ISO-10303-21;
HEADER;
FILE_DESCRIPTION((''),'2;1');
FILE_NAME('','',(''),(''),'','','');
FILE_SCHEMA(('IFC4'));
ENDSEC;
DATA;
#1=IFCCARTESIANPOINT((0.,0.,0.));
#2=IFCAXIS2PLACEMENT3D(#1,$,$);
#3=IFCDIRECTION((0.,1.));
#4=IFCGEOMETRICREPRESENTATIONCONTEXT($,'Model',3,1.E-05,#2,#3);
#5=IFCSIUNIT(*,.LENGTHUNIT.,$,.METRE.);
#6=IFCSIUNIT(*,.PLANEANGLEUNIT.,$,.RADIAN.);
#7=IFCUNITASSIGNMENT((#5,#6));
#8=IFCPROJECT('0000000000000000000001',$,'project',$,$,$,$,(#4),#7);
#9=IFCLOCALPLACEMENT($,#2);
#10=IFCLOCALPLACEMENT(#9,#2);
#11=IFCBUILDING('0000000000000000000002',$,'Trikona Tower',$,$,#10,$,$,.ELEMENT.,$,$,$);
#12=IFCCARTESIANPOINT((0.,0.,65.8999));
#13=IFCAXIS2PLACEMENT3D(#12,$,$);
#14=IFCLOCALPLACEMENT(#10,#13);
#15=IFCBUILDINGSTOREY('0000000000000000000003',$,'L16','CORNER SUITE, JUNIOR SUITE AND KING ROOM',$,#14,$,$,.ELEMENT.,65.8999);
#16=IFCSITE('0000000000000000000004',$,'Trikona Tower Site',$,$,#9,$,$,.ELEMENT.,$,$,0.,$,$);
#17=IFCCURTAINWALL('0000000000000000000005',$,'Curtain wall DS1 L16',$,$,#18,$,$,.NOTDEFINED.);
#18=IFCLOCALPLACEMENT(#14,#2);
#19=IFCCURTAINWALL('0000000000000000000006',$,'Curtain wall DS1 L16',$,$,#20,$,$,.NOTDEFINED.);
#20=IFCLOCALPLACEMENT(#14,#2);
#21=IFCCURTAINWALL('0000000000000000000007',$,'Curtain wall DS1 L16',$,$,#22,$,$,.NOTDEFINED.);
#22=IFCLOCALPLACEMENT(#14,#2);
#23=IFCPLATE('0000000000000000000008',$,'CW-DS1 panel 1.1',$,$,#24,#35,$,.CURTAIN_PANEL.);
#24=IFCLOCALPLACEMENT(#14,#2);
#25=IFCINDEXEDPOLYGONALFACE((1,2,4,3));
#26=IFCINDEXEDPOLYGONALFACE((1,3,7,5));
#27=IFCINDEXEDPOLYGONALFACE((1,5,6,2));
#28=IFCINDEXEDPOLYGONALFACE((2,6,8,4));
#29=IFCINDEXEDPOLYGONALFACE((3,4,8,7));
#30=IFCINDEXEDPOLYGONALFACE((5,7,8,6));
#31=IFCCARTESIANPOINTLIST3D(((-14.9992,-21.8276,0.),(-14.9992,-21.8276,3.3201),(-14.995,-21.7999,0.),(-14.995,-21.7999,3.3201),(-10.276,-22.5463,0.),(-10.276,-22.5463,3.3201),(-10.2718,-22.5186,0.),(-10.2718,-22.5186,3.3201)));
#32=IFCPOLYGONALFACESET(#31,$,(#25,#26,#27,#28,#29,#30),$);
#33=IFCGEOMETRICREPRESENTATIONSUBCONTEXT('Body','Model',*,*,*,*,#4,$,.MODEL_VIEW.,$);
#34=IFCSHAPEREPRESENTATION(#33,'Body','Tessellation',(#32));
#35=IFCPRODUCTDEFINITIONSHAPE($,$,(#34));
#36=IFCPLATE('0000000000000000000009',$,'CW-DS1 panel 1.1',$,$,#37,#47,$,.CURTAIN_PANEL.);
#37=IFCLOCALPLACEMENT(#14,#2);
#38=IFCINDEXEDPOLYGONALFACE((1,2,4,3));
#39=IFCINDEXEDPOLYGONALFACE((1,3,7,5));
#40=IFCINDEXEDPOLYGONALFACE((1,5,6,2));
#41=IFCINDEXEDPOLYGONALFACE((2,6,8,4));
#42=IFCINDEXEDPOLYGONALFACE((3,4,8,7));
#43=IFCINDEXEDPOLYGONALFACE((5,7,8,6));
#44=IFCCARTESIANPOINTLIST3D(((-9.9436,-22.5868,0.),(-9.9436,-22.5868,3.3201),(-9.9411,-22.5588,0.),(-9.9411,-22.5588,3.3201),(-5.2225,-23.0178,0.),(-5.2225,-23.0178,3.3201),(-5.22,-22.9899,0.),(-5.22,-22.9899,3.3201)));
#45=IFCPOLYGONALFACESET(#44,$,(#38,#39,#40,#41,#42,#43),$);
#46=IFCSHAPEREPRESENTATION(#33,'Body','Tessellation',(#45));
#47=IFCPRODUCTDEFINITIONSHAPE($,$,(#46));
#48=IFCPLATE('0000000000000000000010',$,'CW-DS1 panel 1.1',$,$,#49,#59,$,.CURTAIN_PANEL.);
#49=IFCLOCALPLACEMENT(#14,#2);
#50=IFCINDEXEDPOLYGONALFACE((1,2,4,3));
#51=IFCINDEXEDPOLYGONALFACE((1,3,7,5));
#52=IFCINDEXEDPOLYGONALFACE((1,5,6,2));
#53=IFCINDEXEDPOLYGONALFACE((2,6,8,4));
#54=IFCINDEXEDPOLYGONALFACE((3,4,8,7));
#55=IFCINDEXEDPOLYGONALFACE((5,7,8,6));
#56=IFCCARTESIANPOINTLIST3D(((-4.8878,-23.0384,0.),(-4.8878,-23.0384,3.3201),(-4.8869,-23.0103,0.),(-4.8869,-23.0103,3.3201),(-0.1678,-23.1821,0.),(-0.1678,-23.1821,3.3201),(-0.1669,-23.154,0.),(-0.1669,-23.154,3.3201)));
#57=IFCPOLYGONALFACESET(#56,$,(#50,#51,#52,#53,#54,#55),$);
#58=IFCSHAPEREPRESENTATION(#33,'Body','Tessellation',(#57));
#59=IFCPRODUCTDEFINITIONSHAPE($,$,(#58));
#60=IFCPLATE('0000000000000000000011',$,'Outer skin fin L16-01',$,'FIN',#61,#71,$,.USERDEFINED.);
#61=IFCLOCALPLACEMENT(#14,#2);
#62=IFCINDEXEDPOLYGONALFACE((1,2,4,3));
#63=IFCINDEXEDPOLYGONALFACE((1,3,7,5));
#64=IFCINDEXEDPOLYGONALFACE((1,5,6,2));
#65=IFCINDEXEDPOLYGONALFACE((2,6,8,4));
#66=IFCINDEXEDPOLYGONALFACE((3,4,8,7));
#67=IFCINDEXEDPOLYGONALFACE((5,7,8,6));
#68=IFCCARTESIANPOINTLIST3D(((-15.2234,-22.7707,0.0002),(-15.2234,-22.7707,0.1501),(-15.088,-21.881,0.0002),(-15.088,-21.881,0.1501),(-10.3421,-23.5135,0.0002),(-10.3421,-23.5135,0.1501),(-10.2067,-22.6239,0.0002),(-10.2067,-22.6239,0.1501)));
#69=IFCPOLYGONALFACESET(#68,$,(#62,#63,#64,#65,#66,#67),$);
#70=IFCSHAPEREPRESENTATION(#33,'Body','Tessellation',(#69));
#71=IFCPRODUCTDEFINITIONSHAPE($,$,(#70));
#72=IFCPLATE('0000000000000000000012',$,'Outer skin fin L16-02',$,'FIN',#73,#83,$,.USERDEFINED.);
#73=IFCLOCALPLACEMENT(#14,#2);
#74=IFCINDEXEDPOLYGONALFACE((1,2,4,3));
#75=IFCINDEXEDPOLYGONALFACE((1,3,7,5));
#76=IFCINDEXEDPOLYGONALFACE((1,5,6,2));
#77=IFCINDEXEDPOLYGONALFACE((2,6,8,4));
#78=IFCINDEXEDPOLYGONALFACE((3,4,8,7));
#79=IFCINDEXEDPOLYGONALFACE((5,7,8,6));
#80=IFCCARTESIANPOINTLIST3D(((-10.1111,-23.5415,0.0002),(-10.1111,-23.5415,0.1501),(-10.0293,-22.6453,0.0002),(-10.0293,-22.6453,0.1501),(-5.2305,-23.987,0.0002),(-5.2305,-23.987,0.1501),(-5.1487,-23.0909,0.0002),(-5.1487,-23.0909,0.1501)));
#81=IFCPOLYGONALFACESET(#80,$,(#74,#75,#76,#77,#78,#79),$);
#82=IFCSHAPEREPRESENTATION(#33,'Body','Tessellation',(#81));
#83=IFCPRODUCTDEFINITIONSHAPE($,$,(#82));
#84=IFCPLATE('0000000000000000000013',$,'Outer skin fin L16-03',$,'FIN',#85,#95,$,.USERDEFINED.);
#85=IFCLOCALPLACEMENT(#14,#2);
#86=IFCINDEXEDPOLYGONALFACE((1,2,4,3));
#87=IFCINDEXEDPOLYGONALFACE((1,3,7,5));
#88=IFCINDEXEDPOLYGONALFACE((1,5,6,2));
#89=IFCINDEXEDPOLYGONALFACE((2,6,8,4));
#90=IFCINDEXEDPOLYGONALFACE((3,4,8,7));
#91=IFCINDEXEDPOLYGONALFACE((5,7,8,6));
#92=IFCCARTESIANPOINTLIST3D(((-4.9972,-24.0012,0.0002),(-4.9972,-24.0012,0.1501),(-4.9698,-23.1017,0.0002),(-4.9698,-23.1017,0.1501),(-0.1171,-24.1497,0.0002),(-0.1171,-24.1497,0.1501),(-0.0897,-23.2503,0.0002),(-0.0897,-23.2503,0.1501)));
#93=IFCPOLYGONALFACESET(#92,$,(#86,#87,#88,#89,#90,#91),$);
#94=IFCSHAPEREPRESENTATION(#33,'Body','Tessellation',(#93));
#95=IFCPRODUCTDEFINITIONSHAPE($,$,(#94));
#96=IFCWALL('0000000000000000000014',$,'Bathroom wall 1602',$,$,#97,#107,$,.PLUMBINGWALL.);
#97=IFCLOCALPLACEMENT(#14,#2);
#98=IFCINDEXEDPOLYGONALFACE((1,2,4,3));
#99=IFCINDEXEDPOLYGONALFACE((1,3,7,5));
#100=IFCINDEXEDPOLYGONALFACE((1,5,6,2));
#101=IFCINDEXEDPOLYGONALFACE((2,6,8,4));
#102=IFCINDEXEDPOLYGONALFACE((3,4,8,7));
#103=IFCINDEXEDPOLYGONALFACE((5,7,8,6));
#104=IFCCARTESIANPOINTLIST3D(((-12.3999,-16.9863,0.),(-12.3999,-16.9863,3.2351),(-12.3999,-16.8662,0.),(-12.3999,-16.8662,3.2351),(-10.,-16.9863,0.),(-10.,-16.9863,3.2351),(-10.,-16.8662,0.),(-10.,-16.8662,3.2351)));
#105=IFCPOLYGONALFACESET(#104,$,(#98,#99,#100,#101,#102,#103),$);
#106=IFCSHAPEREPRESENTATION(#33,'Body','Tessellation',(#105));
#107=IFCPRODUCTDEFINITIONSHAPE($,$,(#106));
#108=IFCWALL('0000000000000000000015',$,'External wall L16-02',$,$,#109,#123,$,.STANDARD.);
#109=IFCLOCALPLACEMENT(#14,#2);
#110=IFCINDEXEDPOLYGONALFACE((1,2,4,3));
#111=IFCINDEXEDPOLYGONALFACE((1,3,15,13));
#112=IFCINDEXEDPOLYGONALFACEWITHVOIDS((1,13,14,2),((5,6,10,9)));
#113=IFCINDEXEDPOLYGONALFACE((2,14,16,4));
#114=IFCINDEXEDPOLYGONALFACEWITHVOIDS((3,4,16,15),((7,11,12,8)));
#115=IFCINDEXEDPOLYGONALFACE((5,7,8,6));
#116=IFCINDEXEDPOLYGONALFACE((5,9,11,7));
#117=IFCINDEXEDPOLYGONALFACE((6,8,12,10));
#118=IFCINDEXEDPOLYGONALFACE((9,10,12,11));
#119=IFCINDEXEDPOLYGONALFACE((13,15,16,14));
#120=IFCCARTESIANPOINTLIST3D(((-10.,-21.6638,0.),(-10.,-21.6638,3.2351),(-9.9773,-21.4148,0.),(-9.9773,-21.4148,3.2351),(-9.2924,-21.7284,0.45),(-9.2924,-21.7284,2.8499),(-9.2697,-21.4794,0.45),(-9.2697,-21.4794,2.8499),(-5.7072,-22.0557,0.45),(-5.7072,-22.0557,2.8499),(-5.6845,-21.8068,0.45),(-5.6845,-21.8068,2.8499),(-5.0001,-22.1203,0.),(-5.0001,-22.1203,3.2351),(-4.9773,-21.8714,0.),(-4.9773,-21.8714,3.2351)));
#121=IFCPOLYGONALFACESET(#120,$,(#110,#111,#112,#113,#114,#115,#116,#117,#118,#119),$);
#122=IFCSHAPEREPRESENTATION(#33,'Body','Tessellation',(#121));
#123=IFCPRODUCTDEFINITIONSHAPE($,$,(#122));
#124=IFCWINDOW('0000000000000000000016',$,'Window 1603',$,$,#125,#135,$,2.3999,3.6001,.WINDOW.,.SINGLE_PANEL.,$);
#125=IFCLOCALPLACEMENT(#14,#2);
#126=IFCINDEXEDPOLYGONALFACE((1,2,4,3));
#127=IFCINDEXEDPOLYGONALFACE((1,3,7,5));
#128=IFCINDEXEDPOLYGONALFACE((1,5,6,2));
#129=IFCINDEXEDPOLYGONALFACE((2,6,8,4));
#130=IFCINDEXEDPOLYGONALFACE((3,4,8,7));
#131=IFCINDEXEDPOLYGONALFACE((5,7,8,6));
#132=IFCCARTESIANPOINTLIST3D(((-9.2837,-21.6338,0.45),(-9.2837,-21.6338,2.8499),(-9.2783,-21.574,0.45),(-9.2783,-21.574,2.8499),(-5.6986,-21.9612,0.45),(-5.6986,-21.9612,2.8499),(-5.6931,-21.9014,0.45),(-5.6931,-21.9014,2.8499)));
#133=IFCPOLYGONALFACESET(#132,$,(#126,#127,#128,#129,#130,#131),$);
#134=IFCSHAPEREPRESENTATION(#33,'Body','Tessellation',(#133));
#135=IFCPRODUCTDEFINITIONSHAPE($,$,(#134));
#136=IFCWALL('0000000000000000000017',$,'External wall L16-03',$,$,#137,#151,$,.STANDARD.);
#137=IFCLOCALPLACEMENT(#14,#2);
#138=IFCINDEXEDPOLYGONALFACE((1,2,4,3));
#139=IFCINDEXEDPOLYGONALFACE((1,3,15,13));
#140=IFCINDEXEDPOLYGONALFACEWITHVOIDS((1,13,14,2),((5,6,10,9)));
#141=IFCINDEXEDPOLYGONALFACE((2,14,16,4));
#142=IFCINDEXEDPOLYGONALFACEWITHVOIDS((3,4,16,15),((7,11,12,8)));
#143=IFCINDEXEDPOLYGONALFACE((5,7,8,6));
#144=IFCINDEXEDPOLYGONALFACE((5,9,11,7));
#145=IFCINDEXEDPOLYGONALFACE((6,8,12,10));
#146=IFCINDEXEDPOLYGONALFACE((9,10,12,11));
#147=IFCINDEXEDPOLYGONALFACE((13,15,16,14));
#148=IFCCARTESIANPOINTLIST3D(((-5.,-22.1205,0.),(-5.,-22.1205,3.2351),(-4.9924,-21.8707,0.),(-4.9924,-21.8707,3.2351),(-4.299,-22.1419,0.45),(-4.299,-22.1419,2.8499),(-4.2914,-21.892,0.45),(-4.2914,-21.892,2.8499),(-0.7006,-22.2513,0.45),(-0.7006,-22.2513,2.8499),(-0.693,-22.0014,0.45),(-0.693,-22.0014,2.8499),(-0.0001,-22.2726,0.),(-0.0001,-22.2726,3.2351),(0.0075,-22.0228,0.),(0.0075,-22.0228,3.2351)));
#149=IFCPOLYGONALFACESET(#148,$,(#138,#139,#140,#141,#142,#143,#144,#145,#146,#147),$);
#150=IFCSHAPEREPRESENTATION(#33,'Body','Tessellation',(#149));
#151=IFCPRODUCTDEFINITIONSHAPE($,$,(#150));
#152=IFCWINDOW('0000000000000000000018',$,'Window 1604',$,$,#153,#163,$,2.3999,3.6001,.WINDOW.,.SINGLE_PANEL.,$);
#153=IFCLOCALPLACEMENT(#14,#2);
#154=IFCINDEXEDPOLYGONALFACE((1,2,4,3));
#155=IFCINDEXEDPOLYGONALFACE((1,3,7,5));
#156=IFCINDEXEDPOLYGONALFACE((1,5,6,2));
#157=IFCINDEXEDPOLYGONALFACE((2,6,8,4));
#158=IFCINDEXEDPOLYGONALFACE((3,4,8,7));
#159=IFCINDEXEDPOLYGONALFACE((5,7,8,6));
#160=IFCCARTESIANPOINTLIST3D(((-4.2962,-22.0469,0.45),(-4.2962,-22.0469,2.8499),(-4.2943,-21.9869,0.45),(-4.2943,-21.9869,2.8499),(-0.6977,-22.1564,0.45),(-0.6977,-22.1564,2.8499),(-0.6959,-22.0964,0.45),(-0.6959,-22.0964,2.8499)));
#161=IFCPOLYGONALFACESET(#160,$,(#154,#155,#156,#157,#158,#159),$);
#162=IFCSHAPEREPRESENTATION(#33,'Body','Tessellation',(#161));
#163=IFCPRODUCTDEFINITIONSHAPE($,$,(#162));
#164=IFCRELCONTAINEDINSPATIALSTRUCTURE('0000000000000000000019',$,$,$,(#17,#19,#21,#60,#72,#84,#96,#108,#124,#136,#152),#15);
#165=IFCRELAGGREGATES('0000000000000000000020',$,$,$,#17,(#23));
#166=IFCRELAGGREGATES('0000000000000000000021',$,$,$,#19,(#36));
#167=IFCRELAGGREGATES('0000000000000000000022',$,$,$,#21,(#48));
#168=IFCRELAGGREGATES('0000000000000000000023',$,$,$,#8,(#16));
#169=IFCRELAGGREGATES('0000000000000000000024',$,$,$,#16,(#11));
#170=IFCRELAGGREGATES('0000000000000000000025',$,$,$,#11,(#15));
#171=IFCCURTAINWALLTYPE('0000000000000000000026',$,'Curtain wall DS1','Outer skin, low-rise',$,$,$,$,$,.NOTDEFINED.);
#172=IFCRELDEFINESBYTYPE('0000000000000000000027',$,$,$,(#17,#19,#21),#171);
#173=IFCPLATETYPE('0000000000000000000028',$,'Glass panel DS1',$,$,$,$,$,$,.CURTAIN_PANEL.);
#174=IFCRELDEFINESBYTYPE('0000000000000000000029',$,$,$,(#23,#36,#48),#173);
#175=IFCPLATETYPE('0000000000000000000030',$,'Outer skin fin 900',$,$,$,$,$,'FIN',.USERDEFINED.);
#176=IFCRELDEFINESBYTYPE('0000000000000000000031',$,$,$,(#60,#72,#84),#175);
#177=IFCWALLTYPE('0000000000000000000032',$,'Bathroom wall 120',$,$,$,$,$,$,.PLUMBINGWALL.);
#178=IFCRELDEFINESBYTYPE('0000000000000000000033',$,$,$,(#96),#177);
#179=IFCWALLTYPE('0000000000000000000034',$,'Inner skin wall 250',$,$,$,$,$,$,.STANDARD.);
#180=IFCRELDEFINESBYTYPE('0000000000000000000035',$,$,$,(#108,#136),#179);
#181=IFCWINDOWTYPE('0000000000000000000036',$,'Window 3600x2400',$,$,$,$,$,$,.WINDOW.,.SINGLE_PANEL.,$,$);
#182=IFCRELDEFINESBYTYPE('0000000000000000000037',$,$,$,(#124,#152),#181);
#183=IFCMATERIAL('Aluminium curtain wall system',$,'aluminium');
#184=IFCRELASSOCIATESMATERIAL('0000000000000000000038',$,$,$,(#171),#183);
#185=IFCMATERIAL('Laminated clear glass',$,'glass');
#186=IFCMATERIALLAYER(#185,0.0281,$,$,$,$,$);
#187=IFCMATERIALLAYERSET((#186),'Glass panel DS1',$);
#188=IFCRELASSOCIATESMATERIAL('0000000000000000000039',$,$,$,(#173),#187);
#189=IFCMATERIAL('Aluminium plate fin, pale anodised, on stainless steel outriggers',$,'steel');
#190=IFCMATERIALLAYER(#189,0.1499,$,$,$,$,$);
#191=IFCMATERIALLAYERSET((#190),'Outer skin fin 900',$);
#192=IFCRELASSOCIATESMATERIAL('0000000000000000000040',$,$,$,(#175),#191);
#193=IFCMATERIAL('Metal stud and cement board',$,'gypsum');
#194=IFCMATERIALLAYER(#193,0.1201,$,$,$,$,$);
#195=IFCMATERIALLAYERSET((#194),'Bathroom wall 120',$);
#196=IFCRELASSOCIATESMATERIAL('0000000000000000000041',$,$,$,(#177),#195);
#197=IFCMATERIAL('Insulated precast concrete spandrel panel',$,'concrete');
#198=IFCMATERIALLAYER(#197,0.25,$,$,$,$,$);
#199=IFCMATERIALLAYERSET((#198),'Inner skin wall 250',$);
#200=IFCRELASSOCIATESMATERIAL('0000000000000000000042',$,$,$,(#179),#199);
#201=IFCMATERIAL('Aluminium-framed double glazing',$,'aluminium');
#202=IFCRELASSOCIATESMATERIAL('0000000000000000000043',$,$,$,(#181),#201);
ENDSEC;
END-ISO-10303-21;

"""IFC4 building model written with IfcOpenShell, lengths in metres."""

from ifc_helpers import new_model, si_unit, direction, frame, frame_2d, origin, origin_2d, place, context, subcontext, project, spatial, rectangle, extrude, material, layer, layer_set, type_object, element, fill, aggregate, save


model = new_model("IFC4")

# Units and contexts
model_context = context("Model", 3, precision=1e-05, world=origin(), true_north=direction((0.0, 1.0)))
body_context = subcontext(model_context, "Body", "Model", "MODEL_VIEW")
ifc_project = project(units=[si_unit("LENGTHUNIT", "METRE"), si_unit("PLANEANGLEUNIT", "RADIAN")], contexts=[model_context])

# Site, building, storey
site_placement = place(None, origin())
site = spatial("IfcSite", under=ifc_project, at=site_placement, Name="Trikona Tower Site", CompositionType="ELEMENT", RefElevation=0.0)
building_placement = place(site_placement, origin())
building = spatial("IfcBuilding", under=site, at=building_placement, Name="Trikona Tower", CompositionType="ELEMENT")
storey_placement = place(building_placement, frame((0.0, 0.0, 65.8999)))
storey = spatial("IfcBuildingStorey", under=building, at=storey_placement, Name="L16", Description="CORNER SUITE, JUNIOR SUITE AND KING ROOM", CompositionType="ELEMENT", Elevation=65.8999)

# Curtain wall
ifc_material_1 = material(Name="Aluminium curtain wall system", Category="aluminium")
curtain_wall_type = type_object("IfcCurtainWallType", Name="Curtain wall DS1", Description="Outer skin, low-rise", PredefinedType="NOTDEFINED", material=ifc_material_1)
curtain_wall_1_placement = place(storey_placement, origin())
curtain_wall_1 = element("IfcCurtainWall", 1, at=curtain_wall_1_placement, inside=storey, type_object=curtain_wall_type, Name="Curtain wall DS1 L16", PredefinedType="NOTDEFINED")

# Curtain walls
curtain_wall_2_placement = place(storey_placement, origin())
curtain_wall_2 = element("IfcCurtainWall", 2, at=curtain_wall_2_placement, inside=storey, type_object=curtain_wall_type, Name="Curtain wall DS1 L16", PredefinedType="NOTDEFINED")
curtain_wall_3_placement = place(storey_placement, origin())
curtain_wall_3 = element("IfcCurtainWall", 3, at=curtain_wall_3_placement, inside=storey, type_object=curtain_wall_type, Name="Curtain wall DS1 L16", PredefinedType="NOTDEFINED")

# Plates
ifc_material_2 = material(Name="Laminated clear glass", Category="glass")
ifc_layer_1 = layer(ifc_material_2, 0.0281)
ifc_layer_set_1 = layer_set([ifc_layer_1], Name="Glass panel DS1")
plate_type_1 = type_object("IfcPlateType", Name="Glass panel DS1", PredefinedType="CURTAIN_PANEL", material=ifc_layer_set_1)
plate_1_placement = place(storey_placement, frame((-12.6355, -22.1731, 0.0), z_axis=(0.0, 0.0, 1.0), x_axis=(0.988619, -0.150438, 0.0)))
plate_1 = element("IfcPlate", 4, at=plate_1_placement, type_object=plate_type_1, Name="CW-DS1 panel 1.1", PredefinedType="CURTAIN_PANEL", context=body_context, shape_type="SweptSolid", body=[
    extrude(rectangle(XDim=4.7776, YDim=0.0281, at=origin_2d()), origin(), (0.0, 0.0, 1.0), 3.3201),
])
aggregate(curtain_wall_1, [plate_1])
plate_2_placement = place(storey_placement, frame((-7.5818, -22.7883, 0.0), z_axis=(0.0, 0.0, 1.0), x_axis=(0.995858, -0.090924, 0.0)))
plate_2 = element("IfcPlate", 5, at=plate_2_placement, type_object=plate_type_1, Name="CW-DS1 panel 1.1", PredefinedType="CURTAIN_PANEL", context=body_context, shape_type="SweptSolid", body=[
    extrude(rectangle(XDim=4.7407, YDim=0.0281, at=origin_2d()), origin(), (0.0, 0.0, 1.0), 3.3201),
])
aggregate(curtain_wall_2, [plate_2])
plate_3_placement = place(storey_placement, frame((-2.5273, -23.0962, 0.0), z_axis=(0.0, 0.0, 1.0), x_axis=(0.999537, -0.030437, 0.0)))
plate_3 = element("IfcPlate", 6, at=plate_3_placement, type_object=plate_type_1, Name="CW-DS1 panel 1.1", PredefinedType="CURTAIN_PANEL", context=body_context, shape_type="SweptSolid", body=[
    extrude(rectangle(XDim=4.7222, YDim=0.0281, at=origin_2d()), origin(), (0.0, 0.0, 1.0), 3.3201),
])
aggregate(curtain_wall_3, [plate_3])

# Plates
ifc_material_3 = material(Name="Aluminium plate fin, pale anodised, on stainless steel outriggers", Category="steel")
ifc_layer_2 = layer(ifc_material_3, 0.1499)
ifc_layer_set_2 = layer_set([ifc_layer_2], Name="Outer skin fin 900")
plate_type_2 = type_object("IfcPlateType", Name="Outer skin fin 900", ElementType="FIN", PredefinedType="USERDEFINED", material=ifc_layer_set_2)
plate_4_placement = place(storey_placement, frame((-12.7151, -22.6973, 0.0002), z_axis=(0.0, 0.0, 1.0), x_axis=(0.988618, -0.150448, 0.0)))
element("IfcPlate", 7, at=plate_4_placement, inside=storey, type_object=plate_type_2, Name="Outer skin fin L16-01", ObjectType="FIN", PredefinedType="USERDEFINED", context=body_context, shape_type="SweptSolid", body=[
    extrude(rectangle(XDim=4.9375, YDim=0.8999, at=origin_2d()), origin(), (0.0, 0.0, 1.0), 0.1499),
])
plate_5_placement = place(storey_placement, frame((-7.6299, -23.3162, 0.0002), z_axis=(0.0, 0.0, 1.0), x_axis=(0.995858, -0.090921, 0.0)))
element("IfcPlate", 8, at=plate_5_placement, inside=storey, type_object=plate_type_2, Name="Outer skin fin L16-02", ObjectType="FIN", PredefinedType="USERDEFINED", context=body_context, shape_type="SweptSolid", body=[
    extrude(rectangle(XDim=4.9009, YDim=0.8999, at=origin_2d()), origin(), (0.0, 0.0, 1.0), 0.1499),
])
plate_6_placement = place(storey_placement, frame((-2.5435, -23.6257, 0.0002), z_axis=(0.0, 0.0, 1.0), x_axis=(0.999537, -0.030425, 0.0)))
element("IfcPlate", 9, at=plate_6_placement, inside=storey, type_object=plate_type_2, Name="Outer skin fin L16-03", ObjectType="FIN", PredefinedType="USERDEFINED", context=body_context, shape_type="SweptSolid", body=[
    extrude(rectangle(XDim=4.8823, YDim=0.8999, at=origin_2d()), origin(), (0.0, 0.0, 1.0), 0.1499),
])

# Wall
ifc_material_4 = material(Name="Metal stud and cement board", Category="gypsum")
ifc_layer_3 = layer(ifc_material_4, 0.1201)
ifc_layer_set_3 = layer_set([ifc_layer_3], Name="Bathroom wall 120")
wall_type_1 = type_object("IfcWallType", Name="Bathroom wall 120", PredefinedType="PLUMBINGWALL", material=ifc_layer_set_3)
wall_1_placement = place(storey_placement, frame((-12.3999, -16.9263, 0.0), z_axis=(0.0, 0.0, 1.0), x_axis=(1.0, 0.0, 0.0)))
element("IfcWall", 10, at=wall_1_placement, inside=storey, type_object=wall_type_1, Name="Bathroom wall 1602", PredefinedType="PLUMBINGWALL", context=body_context, shape_type="SweptSolid", body=[
    extrude(rectangle(XDim=2.3999, YDim=0.1201, at=frame_2d((1.2, 0.0))), origin(), (0.0, 0.0, 1.0), 3.2351),
])

# Walls, openings, windows
ifc_material_5 = material(Name="Insulated precast concrete spandrel panel", Category="concrete")
ifc_layer_4 = layer(ifc_material_5, 0.25)
ifc_layer_set_4 = layer_set([ifc_layer_4], Name="Inner skin wall 250")
wall_type_2 = type_object("IfcWallType", Name="Inner skin wall 250", PredefinedType="STANDARD", material=ifc_layer_set_4)
wall_2_placement = place(storey_placement, frame((-9.9885, -21.5393, 0.0), z_axis=(0.0, 0.0, 1.0), x_axis=(0.995857, -0.09093, 0.0)))
wall_2 = element("IfcWall", 11, at=wall_2_placement, inside=storey, type_object=wall_type_2, Name="External wall L16-02", PredefinedType="STANDARD", context=body_context, shape_type="SweptSolid", body=[
    extrude(rectangle(XDim=5.0208, YDim=0.25, at=frame_2d((2.5103, 0.0))), origin(), (0.0, 0.0, 1.0), 3.2351),
])
opening_1_placement = place(wall_2_placement, frame((0.7104, 0.0, 0.45)))
opening_1 = element("IfcOpeningElement", 12, at=opening_1_placement, cuts=wall_2, PredefinedType="OPENING", context=body_context, shape_type="SweptSolid", body=[
    extrude(rectangle(XDim=3.6001, YDim=2.3999, at=frame_2d((1.8, 1.2))), frame((0.0, 0.135, 0.0), z_axis=(0.0, -1.0, 0.0), x_axis=(1.0, 0.0, 0.0)), (0.0, 0.0, 1.0), 0.27),
])
ifc_material_6 = material(Name="Aluminium-framed double glazing", Category="aluminium")
window_type = type_object("IfcWindowType", Name="Window 3600x2400", PartitioningType="SINGLE_PANEL", PredefinedType="WINDOW", material=ifc_material_6)
window_1_placement = place(opening_1_placement, origin())
window_1 = element("IfcWindow", 13, at=window_1_placement, inside=storey, type_object=window_type, Name="Window 1603", OverallHeight=2.3999, OverallWidth=3.6001, PartitioningType="SINGLE_PANEL", PredefinedType="WINDOW", context=body_context, shape_type="SweptSolid", body=[
    extrude(rectangle(XDim=3.6001, YDim=2.3999, at=frame_2d((1.8, 1.2))), frame((0.0, 0.03, 0.0), z_axis=(0.0, -1.0, 0.0), x_axis=(1.0, 0.0, 0.0)), (0.0, 0.0, 1.0), 0.0601),
])
fill(opening_1, window_1)
wall_3_placement = place(storey_placement, frame((-4.9961, -21.9956, 0.0), z_axis=(0.0, 0.0, 1.0), x_axis=(0.999538, -0.030406, 0.0)))
wall_3 = element("IfcWall", 14, at=wall_3_placement, inside=storey, type_object=wall_type_2, Name="External wall L16-03", PredefinedType="STANDARD", context=body_context, shape_type="SweptSolid", body=[
    extrude(rectangle(XDim=5.0022, YDim=0.25, at=frame_2d((2.501, 0.0))), origin(), (0.0, 0.0, 1.0), 3.2351),
])
opening_2_placement = place(wall_3_placement, frame((0.7012, 0.0, 0.45)))
opening_2 = element("IfcOpeningElement", 15, at=opening_2_placement, cuts=wall_3, PredefinedType="OPENING", context=body_context, shape_type="SweptSolid", body=[
    extrude(rectangle(XDim=3.6001, YDim=2.3999, at=frame_2d((1.8, 1.2))), frame((0.0, 0.135, 0.0), z_axis=(0.0, -1.0, 0.0), x_axis=(1.0, 0.0, 0.0)), (0.0, 0.0, 1.0), 0.27),
])
window_2_placement = place(opening_2_placement, origin())
window_2 = element("IfcWindow", 16, at=window_2_placement, inside=storey, type_object=window_type, Name="Window 1604", OverallHeight=2.3999, OverallWidth=3.6001, PartitioningType="SINGLE_PANEL", PredefinedType="WINDOW", context=body_context, shape_type="SweptSolid", body=[
    extrude(rectangle(XDim=3.6001, YDim=2.3999, at=frame_2d((1.8, 1.2))), frame((0.0, 0.03, 0.0), z_axis=(0.0, -1.0, 0.0), x_axis=(1.0, 0.0, 0.0)), (0.0, 0.0, 1.0), 0.0601),
])
fill(opening_2, window_2)

save(model, "model.ifc")
